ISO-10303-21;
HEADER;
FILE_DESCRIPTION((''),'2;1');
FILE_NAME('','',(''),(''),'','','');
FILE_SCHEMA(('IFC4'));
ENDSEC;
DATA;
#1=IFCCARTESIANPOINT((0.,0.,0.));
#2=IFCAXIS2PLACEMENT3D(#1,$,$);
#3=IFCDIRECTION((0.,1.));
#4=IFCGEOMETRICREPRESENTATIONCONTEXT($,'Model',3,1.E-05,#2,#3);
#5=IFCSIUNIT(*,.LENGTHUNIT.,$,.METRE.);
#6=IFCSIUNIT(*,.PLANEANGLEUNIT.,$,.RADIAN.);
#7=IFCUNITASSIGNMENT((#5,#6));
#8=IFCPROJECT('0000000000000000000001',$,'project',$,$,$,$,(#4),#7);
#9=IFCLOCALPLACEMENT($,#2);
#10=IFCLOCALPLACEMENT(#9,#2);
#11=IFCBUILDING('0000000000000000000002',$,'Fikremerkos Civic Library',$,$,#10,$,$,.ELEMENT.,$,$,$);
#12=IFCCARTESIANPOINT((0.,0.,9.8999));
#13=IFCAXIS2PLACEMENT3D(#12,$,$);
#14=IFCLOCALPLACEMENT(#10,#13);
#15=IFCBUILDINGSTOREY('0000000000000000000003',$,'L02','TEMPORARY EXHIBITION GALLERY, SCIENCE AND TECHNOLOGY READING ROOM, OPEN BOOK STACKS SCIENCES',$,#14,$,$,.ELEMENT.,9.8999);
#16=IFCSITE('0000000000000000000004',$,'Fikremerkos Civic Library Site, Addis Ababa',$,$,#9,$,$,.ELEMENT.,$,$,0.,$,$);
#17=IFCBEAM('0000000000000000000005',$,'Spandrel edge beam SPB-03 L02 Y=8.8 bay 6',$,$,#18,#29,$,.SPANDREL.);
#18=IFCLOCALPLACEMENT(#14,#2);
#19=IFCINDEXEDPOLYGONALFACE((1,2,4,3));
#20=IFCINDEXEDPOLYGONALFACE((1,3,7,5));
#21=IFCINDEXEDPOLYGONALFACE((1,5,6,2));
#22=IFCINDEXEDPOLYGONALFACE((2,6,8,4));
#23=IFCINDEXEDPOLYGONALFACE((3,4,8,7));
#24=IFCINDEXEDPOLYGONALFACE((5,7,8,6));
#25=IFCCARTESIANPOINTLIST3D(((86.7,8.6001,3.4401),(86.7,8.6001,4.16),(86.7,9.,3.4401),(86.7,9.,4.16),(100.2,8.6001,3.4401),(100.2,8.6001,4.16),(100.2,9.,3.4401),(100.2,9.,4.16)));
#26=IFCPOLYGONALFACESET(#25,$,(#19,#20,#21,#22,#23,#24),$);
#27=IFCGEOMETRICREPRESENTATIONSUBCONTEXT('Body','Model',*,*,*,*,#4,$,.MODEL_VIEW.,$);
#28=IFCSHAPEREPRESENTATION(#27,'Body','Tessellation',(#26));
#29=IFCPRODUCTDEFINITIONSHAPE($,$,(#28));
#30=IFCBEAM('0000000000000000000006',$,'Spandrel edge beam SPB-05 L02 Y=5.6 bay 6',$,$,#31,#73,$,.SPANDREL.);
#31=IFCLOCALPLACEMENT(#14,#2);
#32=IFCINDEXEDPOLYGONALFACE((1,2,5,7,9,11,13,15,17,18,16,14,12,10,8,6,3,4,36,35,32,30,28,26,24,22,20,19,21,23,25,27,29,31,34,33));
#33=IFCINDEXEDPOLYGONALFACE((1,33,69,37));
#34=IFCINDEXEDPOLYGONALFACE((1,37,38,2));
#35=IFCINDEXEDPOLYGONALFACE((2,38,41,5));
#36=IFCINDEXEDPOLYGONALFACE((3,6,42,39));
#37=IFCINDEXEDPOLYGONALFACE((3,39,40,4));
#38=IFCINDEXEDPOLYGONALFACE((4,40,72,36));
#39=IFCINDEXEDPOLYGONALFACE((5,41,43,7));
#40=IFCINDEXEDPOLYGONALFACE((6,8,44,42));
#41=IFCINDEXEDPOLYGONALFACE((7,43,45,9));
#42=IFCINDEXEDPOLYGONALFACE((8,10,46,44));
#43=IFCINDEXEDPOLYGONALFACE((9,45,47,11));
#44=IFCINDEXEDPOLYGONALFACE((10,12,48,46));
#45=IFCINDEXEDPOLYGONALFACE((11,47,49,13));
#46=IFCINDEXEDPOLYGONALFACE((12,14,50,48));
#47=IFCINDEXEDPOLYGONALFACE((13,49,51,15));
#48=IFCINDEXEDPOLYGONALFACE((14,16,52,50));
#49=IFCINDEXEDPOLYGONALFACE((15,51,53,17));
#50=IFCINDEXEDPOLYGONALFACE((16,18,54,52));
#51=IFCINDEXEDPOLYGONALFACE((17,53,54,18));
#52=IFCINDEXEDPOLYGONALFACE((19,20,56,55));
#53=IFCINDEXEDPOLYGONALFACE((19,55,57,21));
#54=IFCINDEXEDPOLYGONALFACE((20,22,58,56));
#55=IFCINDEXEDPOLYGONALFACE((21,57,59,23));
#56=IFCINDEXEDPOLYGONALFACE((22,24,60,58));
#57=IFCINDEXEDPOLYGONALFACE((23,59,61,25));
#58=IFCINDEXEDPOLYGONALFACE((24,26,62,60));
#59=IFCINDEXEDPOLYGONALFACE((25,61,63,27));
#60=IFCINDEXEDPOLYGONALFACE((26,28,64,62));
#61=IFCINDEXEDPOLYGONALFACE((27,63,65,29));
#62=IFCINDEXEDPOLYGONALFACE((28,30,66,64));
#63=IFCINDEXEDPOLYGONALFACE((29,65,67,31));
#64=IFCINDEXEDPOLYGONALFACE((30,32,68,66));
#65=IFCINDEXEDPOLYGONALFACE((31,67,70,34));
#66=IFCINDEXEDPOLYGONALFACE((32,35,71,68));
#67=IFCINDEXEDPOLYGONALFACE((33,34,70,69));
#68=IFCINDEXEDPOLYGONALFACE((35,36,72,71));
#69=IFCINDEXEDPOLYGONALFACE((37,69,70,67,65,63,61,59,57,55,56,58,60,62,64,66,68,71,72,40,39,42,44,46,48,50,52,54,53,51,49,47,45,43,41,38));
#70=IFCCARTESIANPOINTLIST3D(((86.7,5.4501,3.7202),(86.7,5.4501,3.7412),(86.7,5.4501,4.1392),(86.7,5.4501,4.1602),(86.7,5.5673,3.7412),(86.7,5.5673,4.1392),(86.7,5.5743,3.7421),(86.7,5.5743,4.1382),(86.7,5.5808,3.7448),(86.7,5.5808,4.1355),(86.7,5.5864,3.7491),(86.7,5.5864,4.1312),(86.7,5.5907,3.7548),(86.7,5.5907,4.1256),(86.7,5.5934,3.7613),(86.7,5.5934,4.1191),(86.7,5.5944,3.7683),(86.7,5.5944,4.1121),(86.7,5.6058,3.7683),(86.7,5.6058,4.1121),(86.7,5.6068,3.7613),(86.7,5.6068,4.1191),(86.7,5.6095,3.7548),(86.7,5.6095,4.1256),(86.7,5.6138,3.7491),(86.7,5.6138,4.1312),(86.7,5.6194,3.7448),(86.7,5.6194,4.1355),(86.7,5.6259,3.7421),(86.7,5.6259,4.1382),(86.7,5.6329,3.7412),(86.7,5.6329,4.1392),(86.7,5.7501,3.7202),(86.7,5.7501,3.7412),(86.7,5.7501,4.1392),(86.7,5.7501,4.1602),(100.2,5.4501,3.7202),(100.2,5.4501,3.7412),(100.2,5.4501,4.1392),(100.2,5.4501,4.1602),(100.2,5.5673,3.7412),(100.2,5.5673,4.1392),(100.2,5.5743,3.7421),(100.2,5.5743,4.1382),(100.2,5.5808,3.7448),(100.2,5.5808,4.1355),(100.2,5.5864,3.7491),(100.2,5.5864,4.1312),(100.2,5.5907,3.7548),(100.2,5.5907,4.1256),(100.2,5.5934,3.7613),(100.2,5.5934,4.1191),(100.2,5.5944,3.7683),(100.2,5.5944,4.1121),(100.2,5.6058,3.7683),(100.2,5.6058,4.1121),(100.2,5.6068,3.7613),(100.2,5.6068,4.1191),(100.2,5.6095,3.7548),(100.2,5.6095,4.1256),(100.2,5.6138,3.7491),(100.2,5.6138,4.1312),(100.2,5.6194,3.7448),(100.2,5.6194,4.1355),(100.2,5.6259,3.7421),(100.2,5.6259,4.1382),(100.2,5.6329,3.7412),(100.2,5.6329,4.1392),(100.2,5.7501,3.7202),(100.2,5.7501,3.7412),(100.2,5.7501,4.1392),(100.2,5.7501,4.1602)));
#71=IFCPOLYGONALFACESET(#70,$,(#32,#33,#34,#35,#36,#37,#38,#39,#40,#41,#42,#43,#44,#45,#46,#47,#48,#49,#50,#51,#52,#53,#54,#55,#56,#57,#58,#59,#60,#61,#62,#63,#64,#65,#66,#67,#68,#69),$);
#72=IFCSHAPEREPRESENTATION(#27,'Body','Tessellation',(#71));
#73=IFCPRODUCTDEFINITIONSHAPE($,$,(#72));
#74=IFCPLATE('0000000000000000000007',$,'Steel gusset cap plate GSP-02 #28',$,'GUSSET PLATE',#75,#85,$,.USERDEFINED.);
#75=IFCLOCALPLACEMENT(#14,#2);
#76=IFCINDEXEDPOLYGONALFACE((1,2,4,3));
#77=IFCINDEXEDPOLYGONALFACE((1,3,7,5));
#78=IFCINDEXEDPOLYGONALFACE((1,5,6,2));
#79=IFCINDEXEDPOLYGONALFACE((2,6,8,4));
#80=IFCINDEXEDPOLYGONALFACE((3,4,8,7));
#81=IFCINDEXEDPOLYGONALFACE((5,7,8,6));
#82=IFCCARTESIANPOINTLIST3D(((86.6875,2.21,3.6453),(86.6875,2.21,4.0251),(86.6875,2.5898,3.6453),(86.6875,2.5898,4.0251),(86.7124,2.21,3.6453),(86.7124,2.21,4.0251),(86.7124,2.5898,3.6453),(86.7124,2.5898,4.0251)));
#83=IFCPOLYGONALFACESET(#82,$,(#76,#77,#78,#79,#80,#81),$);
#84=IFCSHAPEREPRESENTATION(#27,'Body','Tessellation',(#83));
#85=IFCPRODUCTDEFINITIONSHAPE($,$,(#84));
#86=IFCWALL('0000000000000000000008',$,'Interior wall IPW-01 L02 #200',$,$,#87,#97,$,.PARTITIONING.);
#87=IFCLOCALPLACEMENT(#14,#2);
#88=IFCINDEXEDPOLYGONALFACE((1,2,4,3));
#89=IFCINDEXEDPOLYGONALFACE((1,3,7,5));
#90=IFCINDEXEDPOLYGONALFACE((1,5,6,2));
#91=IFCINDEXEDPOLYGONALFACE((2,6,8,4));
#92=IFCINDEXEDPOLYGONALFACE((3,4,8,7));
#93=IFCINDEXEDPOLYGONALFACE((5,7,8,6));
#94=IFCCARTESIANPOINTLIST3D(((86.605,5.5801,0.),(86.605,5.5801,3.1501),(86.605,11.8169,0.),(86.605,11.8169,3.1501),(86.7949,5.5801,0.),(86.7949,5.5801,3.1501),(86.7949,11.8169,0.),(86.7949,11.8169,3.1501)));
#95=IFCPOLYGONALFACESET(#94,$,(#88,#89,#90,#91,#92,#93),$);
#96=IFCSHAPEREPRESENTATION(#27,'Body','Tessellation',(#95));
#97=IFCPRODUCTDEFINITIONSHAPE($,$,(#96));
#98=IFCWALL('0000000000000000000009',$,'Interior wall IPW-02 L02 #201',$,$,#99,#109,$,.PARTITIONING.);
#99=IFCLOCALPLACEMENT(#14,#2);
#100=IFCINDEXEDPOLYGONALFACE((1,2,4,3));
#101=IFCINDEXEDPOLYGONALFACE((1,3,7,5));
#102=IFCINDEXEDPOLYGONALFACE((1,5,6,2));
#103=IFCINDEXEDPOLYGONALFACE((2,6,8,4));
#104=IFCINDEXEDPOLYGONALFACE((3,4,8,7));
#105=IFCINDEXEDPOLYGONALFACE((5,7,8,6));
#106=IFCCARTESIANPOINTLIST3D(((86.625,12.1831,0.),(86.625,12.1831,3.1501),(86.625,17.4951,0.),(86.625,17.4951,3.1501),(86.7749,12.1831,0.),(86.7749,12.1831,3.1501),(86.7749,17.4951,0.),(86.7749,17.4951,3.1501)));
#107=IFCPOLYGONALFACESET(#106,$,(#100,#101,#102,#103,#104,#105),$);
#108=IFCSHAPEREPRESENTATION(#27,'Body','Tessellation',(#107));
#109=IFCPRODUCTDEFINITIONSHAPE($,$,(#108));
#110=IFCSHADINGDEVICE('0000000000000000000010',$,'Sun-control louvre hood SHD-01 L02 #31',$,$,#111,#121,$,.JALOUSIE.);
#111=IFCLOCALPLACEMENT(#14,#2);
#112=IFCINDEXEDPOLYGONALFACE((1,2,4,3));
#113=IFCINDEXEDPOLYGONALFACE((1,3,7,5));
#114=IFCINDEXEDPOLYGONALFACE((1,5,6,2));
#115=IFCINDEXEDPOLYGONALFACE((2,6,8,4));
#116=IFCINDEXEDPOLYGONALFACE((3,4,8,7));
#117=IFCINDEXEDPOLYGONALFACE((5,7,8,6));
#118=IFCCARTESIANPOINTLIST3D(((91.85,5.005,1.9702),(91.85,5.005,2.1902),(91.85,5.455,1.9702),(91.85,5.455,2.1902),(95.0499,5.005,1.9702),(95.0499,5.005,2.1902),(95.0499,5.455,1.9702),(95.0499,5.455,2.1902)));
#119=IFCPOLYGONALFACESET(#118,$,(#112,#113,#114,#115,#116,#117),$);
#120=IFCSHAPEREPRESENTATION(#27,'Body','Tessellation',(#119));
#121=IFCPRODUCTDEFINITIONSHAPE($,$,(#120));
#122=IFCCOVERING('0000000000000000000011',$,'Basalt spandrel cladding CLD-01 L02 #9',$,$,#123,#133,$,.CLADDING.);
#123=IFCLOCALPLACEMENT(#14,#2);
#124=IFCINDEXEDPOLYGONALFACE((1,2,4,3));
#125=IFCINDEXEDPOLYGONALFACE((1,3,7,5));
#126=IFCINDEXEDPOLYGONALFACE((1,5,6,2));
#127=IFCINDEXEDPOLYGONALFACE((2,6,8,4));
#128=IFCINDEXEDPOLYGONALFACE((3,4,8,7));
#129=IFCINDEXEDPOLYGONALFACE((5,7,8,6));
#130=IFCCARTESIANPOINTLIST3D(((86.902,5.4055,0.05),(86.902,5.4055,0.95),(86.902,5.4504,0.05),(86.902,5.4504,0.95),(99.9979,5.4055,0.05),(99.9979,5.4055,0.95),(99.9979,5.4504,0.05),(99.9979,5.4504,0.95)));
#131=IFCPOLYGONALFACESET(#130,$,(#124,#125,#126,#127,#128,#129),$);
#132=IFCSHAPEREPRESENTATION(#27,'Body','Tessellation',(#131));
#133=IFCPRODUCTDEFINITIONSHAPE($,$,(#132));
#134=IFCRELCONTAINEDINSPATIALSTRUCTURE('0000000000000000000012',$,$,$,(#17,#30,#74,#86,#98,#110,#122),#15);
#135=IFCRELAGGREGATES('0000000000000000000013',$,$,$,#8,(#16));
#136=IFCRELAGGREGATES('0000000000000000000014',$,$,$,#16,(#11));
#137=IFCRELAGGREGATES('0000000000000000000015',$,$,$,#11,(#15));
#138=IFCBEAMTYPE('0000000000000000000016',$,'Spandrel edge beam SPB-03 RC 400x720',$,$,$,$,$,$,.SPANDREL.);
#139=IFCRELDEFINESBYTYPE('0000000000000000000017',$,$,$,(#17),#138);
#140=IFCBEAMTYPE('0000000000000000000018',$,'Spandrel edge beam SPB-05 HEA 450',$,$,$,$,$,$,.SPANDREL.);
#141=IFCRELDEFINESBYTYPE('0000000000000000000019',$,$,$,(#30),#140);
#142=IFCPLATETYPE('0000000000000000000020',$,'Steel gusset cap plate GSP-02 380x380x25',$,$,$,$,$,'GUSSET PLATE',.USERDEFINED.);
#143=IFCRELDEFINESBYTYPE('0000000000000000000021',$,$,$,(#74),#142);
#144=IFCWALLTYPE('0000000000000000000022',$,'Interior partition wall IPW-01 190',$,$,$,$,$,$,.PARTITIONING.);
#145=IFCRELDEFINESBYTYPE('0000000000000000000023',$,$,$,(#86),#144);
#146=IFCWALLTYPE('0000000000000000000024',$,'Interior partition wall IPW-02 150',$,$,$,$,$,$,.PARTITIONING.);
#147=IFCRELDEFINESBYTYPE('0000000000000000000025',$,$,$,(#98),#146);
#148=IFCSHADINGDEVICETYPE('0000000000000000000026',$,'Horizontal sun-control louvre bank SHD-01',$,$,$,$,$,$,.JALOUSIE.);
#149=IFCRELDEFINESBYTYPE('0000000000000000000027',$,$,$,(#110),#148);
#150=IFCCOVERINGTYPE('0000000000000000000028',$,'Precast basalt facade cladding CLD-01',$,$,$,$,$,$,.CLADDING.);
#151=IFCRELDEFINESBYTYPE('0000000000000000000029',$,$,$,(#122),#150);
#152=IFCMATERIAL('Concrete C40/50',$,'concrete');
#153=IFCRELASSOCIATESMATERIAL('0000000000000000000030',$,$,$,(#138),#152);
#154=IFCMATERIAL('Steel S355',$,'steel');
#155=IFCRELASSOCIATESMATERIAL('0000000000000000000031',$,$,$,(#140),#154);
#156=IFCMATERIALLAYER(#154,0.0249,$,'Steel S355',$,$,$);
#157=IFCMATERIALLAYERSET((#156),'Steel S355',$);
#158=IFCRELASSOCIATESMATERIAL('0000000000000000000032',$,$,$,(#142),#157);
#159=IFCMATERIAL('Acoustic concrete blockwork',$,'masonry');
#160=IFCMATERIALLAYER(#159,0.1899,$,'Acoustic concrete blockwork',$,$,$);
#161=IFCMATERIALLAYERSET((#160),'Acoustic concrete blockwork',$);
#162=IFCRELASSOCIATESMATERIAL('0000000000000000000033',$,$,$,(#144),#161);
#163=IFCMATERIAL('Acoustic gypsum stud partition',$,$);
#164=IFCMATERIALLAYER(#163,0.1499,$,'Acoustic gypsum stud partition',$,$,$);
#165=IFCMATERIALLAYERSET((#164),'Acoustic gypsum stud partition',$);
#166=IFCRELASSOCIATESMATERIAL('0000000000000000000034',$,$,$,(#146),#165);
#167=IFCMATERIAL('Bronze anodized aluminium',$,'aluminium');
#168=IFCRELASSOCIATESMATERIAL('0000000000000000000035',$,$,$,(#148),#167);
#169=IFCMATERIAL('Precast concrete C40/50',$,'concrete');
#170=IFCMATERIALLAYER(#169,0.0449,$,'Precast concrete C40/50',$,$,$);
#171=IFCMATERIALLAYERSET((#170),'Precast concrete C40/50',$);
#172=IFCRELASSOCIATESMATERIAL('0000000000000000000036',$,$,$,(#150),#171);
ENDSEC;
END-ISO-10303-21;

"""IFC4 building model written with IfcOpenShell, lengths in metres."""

from ifc_helpers import new_model, si_unit, direction, frame, frame_2d, origin, origin_2d, place, context, subcontext, project, spatial, rectangle, i_section, extrude, material, layer, layer_set, material_profile, profile_set, type_object, element, save


model = new_model("IFC4")

# Units and contexts
model_context = context("Model", 3, precision=1e-05, world=origin(), true_north=direction((0.0, 1.0)))
body_context = subcontext(model_context, "Body", "Model", "MODEL_VIEW")
ifc_project = project(units=[si_unit("LENGTHUNIT", "METRE"), si_unit("PLANEANGLEUNIT", "RADIAN")], contexts=[model_context])

# Site, building, storey
site_placement = place(None, origin())
site = spatial("IfcSite", under=ifc_project, at=site_placement, Name="Fikremerkos Civic Library Site, Addis Ababa", CompositionType="ELEMENT", RefElevation=0.0)
building_placement = place(site_placement, origin())
building = spatial("IfcBuilding", under=site, at=building_placement, Name="Fikremerkos Civic Library", CompositionType="ELEMENT")
storey_placement = place(building_placement, frame((0.0, 0.0, 9.8999)))
storey = spatial("IfcBuildingStorey", under=building, at=storey_placement, Name="L02", Description="TEMPORARY EXHIBITION GALLERY, SCIENCE AND TECHNOLOGY READING ROOM, OPEN BOOK STACKS SCIENCES", CompositionType="ELEMENT", Elevation=9.8999)

# Shared definitions
ifc_material_1 = material(Name="Concrete C40/50", Category="concrete")
ifc_material_2 = material(Name="Steel S355", Category="steel")

# Beams
ifc_material_profile_1 = material_profile(ifc_material_1, rectangle(XDim=0.3999, YDim=0.72, at=origin_2d()), Name="RC 400x720")
ifc_profile_set_1 = profile_set([ifc_material_profile_1], Name="Concrete C40/50")
beam_type_1 = type_object("IfcBeamType", Name="Spandrel edge beam SPB-03 RC 400x720", PredefinedType="SPANDREL", material=ifc_profile_set_1)
beam_1_placement = place(storey_placement, frame((86.7, 8.8, 3.8), z_axis=(1.0, 0.0, 0.0), x_axis=(0.0, 1.0, 0.0)))
element("IfcBeam", 1, at=beam_1_placement, inside=storey, type_object=beam_type_1, Name="Spandrel edge beam SPB-03 L02 Y=8.8 bay 6", PredefinedType="SPANDREL", context=body_context, shape_type="SweptSolid", body=[
    extrude(rectangle(XDim=0.3999, YDim=0.72, at=origin_2d()), origin(), (0.0, 0.0, 1.0), 13.5),
])
ifc_material_profile_2 = material_profile(ifc_material_2, i_section(OverallWidth=0.3, OverallDepth=0.4399, WebThickness=0.0115, FlangeThickness=0.021, FilletRadius=0.0271, at=origin_2d()), Name="HEA 450")
ifc_profile_set_2 = profile_set([ifc_material_profile_2], Name="Steel S355")
beam_type_2 = type_object("IfcBeamType", Name="Spandrel edge beam SPB-05 HEA 450", PredefinedType="SPANDREL", material=ifc_profile_set_2)
beam_2_placement = place(storey_placement, frame((86.7, 5.6001, 3.9402), z_axis=(1.0, 0.0, 0.0), x_axis=(0.0, 1.0, 0.0)))
element("IfcBeam", 2, at=beam_2_placement, inside=storey, type_object=beam_type_2, Name="Spandrel edge beam SPB-05 L02 Y=5.6 bay 6", PredefinedType="SPANDREL", context=body_context, shape_type="SweptSolid", body=[
    extrude(i_section(OverallWidth=0.3, OverallDepth=0.4399, WebThickness=0.0115, FlangeThickness=0.021, FilletRadius=0.0271, at=origin_2d()), origin(), (0.0, 0.0, 1.0), 13.5),
])

# Plate
ifc_layer_1 = layer(ifc_material_2, 0.0249, Name="Steel S355")
ifc_layer_set_1 = layer_set([ifc_layer_1], Name="Steel S355")
plate_type = type_object("IfcPlateType", Name="Steel gusset cap plate GSP-02 380x380x25", ElementType="GUSSET PLATE", PredefinedType="USERDEFINED", material=ifc_layer_set_1)
plate_placement = place(storey_placement, frame((86.7, 2.3999, 3.6453), z_axis=(0.0, 0.0, 1.0), x_axis=(1.0, 0.0, 0.0)))
element("IfcPlate", 3, at=plate_placement, inside=storey, type_object=plate_type, Name="Steel gusset cap plate GSP-02 #28", ObjectType="GUSSET PLATE", PredefinedType="USERDEFINED", context=body_context, shape_type="SweptSolid", body=[
    extrude(rectangle(XDim=0.0249, YDim=0.3799, at=origin_2d()), origin(), (0.0, 0.0, 1.0), 0.3799),
])

# Shared definitions
ifc_material_3 = material(Name="Precast concrete C40/50", Category="concrete")

# Walls
ifc_material_4 = material(Name="Acoustic concrete blockwork", Category="masonry")
ifc_layer_2 = layer(ifc_material_4, 0.1899, Name="Acoustic concrete blockwork")
ifc_layer_set_2 = layer_set([ifc_layer_2], Name="Acoustic concrete blockwork")
wall_type_1 = type_object("IfcWallType", Name="Interior partition wall IPW-01 190", PredefinedType="PARTITIONING", material=ifc_layer_set_2)
wall_1_placement = place(storey_placement, frame((86.7, 5.5801, 0.0), z_axis=(0.0, 0.0, 1.0), x_axis=(0.0, 1.0, 0.0)))
element("IfcWall", 4, at=wall_1_placement, inside=storey, type_object=wall_type_1, Name="Interior wall IPW-01 L02 #200", PredefinedType="PARTITIONING", context=body_context, shape_type="SweptSolid", body=[
    extrude(rectangle(XDim=6.2368, YDim=0.1899, at=frame_2d((3.1184, 0.0))), origin(), (0.0, 0.0, 1.0), 3.1501),
])
ifc_material_5 = material(Name="Acoustic gypsum stud partition")
ifc_layer_3 = layer(ifc_material_5, 0.1499, Name="Acoustic gypsum stud partition")
ifc_layer_set_3 = layer_set([ifc_layer_3], Name="Acoustic gypsum stud partition")
wall_type_2 = type_object("IfcWallType", Name="Interior partition wall IPW-02 150", PredefinedType="PARTITIONING", material=ifc_layer_set_3)
wall_2_placement = place(storey_placement, frame((86.7, 12.1831, 0.0), z_axis=(0.0, 0.0, 1.0), x_axis=(0.0, 1.0, 0.0)))
element("IfcWall", 5, at=wall_2_placement, inside=storey, type_object=wall_type_2, Name="Interior wall IPW-02 L02 #201", PredefinedType="PARTITIONING", context=body_context, shape_type="SweptSolid", body=[
    extrude(rectangle(XDim=5.312, YDim=0.1499, at=frame_2d((2.656, 0.0))), origin(), (0.0, 0.0, 1.0), 3.1501),
])

# Shading device
ifc_material_6 = material(Name="Bronze anodized aluminium", Category="aluminium")
shading_device_type = type_object("IfcShadingDeviceType", Name="Horizontal sun-control louvre bank SHD-01", PredefinedType="JALOUSIE", material=ifc_material_6)
shading_device_placement = place(storey_placement, frame((93.45, 5.23, 1.9702), z_axis=(0.0, 0.0, 1.0), x_axis=(1.0, 0.0, 0.0)))
element("IfcShadingDevice", 6, at=shading_device_placement, inside=storey, type_object=shading_device_type, Name="Sun-control louvre hood SHD-01 L02 #31", PredefinedType="JALOUSIE", context=body_context, shape_type="SweptSolid", body=[
    extrude(rectangle(XDim=3.2, YDim=0.45, at=origin_2d()), origin(), (0.0, 0.0, 1.0), 0.22),
])

# Covering
ifc_layer_4 = layer(ifc_material_3, 0.0449, Name="Precast concrete C40/50")
ifc_layer_set_4 = layer_set([ifc_layer_4], Name="Precast concrete C40/50")
covering_type = type_object("IfcCoveringType", Name="Precast basalt facade cladding CLD-01", PredefinedType="CLADDING", material=ifc_layer_set_4)
covering_placement = place(storey_placement, frame((93.45, 5.428, 0.05), z_axis=(0.0, 0.0, 1.0), x_axis=(1.0, 0.0, 0.0)))
element("IfcCovering", 7, at=covering_placement, inside=storey, type_object=covering_type, Name="Basalt spandrel cladding CLD-01 L02 #9", PredefinedType="CLADDING", context=body_context, shape_type="SweptSolid", body=[
    extrude(rectangle(XDim=13.0959, YDim=0.0449, at=origin_2d()), origin(), (0.0, 0.0, 1.0), 0.8999),
])

save(model, "model.ifc")
